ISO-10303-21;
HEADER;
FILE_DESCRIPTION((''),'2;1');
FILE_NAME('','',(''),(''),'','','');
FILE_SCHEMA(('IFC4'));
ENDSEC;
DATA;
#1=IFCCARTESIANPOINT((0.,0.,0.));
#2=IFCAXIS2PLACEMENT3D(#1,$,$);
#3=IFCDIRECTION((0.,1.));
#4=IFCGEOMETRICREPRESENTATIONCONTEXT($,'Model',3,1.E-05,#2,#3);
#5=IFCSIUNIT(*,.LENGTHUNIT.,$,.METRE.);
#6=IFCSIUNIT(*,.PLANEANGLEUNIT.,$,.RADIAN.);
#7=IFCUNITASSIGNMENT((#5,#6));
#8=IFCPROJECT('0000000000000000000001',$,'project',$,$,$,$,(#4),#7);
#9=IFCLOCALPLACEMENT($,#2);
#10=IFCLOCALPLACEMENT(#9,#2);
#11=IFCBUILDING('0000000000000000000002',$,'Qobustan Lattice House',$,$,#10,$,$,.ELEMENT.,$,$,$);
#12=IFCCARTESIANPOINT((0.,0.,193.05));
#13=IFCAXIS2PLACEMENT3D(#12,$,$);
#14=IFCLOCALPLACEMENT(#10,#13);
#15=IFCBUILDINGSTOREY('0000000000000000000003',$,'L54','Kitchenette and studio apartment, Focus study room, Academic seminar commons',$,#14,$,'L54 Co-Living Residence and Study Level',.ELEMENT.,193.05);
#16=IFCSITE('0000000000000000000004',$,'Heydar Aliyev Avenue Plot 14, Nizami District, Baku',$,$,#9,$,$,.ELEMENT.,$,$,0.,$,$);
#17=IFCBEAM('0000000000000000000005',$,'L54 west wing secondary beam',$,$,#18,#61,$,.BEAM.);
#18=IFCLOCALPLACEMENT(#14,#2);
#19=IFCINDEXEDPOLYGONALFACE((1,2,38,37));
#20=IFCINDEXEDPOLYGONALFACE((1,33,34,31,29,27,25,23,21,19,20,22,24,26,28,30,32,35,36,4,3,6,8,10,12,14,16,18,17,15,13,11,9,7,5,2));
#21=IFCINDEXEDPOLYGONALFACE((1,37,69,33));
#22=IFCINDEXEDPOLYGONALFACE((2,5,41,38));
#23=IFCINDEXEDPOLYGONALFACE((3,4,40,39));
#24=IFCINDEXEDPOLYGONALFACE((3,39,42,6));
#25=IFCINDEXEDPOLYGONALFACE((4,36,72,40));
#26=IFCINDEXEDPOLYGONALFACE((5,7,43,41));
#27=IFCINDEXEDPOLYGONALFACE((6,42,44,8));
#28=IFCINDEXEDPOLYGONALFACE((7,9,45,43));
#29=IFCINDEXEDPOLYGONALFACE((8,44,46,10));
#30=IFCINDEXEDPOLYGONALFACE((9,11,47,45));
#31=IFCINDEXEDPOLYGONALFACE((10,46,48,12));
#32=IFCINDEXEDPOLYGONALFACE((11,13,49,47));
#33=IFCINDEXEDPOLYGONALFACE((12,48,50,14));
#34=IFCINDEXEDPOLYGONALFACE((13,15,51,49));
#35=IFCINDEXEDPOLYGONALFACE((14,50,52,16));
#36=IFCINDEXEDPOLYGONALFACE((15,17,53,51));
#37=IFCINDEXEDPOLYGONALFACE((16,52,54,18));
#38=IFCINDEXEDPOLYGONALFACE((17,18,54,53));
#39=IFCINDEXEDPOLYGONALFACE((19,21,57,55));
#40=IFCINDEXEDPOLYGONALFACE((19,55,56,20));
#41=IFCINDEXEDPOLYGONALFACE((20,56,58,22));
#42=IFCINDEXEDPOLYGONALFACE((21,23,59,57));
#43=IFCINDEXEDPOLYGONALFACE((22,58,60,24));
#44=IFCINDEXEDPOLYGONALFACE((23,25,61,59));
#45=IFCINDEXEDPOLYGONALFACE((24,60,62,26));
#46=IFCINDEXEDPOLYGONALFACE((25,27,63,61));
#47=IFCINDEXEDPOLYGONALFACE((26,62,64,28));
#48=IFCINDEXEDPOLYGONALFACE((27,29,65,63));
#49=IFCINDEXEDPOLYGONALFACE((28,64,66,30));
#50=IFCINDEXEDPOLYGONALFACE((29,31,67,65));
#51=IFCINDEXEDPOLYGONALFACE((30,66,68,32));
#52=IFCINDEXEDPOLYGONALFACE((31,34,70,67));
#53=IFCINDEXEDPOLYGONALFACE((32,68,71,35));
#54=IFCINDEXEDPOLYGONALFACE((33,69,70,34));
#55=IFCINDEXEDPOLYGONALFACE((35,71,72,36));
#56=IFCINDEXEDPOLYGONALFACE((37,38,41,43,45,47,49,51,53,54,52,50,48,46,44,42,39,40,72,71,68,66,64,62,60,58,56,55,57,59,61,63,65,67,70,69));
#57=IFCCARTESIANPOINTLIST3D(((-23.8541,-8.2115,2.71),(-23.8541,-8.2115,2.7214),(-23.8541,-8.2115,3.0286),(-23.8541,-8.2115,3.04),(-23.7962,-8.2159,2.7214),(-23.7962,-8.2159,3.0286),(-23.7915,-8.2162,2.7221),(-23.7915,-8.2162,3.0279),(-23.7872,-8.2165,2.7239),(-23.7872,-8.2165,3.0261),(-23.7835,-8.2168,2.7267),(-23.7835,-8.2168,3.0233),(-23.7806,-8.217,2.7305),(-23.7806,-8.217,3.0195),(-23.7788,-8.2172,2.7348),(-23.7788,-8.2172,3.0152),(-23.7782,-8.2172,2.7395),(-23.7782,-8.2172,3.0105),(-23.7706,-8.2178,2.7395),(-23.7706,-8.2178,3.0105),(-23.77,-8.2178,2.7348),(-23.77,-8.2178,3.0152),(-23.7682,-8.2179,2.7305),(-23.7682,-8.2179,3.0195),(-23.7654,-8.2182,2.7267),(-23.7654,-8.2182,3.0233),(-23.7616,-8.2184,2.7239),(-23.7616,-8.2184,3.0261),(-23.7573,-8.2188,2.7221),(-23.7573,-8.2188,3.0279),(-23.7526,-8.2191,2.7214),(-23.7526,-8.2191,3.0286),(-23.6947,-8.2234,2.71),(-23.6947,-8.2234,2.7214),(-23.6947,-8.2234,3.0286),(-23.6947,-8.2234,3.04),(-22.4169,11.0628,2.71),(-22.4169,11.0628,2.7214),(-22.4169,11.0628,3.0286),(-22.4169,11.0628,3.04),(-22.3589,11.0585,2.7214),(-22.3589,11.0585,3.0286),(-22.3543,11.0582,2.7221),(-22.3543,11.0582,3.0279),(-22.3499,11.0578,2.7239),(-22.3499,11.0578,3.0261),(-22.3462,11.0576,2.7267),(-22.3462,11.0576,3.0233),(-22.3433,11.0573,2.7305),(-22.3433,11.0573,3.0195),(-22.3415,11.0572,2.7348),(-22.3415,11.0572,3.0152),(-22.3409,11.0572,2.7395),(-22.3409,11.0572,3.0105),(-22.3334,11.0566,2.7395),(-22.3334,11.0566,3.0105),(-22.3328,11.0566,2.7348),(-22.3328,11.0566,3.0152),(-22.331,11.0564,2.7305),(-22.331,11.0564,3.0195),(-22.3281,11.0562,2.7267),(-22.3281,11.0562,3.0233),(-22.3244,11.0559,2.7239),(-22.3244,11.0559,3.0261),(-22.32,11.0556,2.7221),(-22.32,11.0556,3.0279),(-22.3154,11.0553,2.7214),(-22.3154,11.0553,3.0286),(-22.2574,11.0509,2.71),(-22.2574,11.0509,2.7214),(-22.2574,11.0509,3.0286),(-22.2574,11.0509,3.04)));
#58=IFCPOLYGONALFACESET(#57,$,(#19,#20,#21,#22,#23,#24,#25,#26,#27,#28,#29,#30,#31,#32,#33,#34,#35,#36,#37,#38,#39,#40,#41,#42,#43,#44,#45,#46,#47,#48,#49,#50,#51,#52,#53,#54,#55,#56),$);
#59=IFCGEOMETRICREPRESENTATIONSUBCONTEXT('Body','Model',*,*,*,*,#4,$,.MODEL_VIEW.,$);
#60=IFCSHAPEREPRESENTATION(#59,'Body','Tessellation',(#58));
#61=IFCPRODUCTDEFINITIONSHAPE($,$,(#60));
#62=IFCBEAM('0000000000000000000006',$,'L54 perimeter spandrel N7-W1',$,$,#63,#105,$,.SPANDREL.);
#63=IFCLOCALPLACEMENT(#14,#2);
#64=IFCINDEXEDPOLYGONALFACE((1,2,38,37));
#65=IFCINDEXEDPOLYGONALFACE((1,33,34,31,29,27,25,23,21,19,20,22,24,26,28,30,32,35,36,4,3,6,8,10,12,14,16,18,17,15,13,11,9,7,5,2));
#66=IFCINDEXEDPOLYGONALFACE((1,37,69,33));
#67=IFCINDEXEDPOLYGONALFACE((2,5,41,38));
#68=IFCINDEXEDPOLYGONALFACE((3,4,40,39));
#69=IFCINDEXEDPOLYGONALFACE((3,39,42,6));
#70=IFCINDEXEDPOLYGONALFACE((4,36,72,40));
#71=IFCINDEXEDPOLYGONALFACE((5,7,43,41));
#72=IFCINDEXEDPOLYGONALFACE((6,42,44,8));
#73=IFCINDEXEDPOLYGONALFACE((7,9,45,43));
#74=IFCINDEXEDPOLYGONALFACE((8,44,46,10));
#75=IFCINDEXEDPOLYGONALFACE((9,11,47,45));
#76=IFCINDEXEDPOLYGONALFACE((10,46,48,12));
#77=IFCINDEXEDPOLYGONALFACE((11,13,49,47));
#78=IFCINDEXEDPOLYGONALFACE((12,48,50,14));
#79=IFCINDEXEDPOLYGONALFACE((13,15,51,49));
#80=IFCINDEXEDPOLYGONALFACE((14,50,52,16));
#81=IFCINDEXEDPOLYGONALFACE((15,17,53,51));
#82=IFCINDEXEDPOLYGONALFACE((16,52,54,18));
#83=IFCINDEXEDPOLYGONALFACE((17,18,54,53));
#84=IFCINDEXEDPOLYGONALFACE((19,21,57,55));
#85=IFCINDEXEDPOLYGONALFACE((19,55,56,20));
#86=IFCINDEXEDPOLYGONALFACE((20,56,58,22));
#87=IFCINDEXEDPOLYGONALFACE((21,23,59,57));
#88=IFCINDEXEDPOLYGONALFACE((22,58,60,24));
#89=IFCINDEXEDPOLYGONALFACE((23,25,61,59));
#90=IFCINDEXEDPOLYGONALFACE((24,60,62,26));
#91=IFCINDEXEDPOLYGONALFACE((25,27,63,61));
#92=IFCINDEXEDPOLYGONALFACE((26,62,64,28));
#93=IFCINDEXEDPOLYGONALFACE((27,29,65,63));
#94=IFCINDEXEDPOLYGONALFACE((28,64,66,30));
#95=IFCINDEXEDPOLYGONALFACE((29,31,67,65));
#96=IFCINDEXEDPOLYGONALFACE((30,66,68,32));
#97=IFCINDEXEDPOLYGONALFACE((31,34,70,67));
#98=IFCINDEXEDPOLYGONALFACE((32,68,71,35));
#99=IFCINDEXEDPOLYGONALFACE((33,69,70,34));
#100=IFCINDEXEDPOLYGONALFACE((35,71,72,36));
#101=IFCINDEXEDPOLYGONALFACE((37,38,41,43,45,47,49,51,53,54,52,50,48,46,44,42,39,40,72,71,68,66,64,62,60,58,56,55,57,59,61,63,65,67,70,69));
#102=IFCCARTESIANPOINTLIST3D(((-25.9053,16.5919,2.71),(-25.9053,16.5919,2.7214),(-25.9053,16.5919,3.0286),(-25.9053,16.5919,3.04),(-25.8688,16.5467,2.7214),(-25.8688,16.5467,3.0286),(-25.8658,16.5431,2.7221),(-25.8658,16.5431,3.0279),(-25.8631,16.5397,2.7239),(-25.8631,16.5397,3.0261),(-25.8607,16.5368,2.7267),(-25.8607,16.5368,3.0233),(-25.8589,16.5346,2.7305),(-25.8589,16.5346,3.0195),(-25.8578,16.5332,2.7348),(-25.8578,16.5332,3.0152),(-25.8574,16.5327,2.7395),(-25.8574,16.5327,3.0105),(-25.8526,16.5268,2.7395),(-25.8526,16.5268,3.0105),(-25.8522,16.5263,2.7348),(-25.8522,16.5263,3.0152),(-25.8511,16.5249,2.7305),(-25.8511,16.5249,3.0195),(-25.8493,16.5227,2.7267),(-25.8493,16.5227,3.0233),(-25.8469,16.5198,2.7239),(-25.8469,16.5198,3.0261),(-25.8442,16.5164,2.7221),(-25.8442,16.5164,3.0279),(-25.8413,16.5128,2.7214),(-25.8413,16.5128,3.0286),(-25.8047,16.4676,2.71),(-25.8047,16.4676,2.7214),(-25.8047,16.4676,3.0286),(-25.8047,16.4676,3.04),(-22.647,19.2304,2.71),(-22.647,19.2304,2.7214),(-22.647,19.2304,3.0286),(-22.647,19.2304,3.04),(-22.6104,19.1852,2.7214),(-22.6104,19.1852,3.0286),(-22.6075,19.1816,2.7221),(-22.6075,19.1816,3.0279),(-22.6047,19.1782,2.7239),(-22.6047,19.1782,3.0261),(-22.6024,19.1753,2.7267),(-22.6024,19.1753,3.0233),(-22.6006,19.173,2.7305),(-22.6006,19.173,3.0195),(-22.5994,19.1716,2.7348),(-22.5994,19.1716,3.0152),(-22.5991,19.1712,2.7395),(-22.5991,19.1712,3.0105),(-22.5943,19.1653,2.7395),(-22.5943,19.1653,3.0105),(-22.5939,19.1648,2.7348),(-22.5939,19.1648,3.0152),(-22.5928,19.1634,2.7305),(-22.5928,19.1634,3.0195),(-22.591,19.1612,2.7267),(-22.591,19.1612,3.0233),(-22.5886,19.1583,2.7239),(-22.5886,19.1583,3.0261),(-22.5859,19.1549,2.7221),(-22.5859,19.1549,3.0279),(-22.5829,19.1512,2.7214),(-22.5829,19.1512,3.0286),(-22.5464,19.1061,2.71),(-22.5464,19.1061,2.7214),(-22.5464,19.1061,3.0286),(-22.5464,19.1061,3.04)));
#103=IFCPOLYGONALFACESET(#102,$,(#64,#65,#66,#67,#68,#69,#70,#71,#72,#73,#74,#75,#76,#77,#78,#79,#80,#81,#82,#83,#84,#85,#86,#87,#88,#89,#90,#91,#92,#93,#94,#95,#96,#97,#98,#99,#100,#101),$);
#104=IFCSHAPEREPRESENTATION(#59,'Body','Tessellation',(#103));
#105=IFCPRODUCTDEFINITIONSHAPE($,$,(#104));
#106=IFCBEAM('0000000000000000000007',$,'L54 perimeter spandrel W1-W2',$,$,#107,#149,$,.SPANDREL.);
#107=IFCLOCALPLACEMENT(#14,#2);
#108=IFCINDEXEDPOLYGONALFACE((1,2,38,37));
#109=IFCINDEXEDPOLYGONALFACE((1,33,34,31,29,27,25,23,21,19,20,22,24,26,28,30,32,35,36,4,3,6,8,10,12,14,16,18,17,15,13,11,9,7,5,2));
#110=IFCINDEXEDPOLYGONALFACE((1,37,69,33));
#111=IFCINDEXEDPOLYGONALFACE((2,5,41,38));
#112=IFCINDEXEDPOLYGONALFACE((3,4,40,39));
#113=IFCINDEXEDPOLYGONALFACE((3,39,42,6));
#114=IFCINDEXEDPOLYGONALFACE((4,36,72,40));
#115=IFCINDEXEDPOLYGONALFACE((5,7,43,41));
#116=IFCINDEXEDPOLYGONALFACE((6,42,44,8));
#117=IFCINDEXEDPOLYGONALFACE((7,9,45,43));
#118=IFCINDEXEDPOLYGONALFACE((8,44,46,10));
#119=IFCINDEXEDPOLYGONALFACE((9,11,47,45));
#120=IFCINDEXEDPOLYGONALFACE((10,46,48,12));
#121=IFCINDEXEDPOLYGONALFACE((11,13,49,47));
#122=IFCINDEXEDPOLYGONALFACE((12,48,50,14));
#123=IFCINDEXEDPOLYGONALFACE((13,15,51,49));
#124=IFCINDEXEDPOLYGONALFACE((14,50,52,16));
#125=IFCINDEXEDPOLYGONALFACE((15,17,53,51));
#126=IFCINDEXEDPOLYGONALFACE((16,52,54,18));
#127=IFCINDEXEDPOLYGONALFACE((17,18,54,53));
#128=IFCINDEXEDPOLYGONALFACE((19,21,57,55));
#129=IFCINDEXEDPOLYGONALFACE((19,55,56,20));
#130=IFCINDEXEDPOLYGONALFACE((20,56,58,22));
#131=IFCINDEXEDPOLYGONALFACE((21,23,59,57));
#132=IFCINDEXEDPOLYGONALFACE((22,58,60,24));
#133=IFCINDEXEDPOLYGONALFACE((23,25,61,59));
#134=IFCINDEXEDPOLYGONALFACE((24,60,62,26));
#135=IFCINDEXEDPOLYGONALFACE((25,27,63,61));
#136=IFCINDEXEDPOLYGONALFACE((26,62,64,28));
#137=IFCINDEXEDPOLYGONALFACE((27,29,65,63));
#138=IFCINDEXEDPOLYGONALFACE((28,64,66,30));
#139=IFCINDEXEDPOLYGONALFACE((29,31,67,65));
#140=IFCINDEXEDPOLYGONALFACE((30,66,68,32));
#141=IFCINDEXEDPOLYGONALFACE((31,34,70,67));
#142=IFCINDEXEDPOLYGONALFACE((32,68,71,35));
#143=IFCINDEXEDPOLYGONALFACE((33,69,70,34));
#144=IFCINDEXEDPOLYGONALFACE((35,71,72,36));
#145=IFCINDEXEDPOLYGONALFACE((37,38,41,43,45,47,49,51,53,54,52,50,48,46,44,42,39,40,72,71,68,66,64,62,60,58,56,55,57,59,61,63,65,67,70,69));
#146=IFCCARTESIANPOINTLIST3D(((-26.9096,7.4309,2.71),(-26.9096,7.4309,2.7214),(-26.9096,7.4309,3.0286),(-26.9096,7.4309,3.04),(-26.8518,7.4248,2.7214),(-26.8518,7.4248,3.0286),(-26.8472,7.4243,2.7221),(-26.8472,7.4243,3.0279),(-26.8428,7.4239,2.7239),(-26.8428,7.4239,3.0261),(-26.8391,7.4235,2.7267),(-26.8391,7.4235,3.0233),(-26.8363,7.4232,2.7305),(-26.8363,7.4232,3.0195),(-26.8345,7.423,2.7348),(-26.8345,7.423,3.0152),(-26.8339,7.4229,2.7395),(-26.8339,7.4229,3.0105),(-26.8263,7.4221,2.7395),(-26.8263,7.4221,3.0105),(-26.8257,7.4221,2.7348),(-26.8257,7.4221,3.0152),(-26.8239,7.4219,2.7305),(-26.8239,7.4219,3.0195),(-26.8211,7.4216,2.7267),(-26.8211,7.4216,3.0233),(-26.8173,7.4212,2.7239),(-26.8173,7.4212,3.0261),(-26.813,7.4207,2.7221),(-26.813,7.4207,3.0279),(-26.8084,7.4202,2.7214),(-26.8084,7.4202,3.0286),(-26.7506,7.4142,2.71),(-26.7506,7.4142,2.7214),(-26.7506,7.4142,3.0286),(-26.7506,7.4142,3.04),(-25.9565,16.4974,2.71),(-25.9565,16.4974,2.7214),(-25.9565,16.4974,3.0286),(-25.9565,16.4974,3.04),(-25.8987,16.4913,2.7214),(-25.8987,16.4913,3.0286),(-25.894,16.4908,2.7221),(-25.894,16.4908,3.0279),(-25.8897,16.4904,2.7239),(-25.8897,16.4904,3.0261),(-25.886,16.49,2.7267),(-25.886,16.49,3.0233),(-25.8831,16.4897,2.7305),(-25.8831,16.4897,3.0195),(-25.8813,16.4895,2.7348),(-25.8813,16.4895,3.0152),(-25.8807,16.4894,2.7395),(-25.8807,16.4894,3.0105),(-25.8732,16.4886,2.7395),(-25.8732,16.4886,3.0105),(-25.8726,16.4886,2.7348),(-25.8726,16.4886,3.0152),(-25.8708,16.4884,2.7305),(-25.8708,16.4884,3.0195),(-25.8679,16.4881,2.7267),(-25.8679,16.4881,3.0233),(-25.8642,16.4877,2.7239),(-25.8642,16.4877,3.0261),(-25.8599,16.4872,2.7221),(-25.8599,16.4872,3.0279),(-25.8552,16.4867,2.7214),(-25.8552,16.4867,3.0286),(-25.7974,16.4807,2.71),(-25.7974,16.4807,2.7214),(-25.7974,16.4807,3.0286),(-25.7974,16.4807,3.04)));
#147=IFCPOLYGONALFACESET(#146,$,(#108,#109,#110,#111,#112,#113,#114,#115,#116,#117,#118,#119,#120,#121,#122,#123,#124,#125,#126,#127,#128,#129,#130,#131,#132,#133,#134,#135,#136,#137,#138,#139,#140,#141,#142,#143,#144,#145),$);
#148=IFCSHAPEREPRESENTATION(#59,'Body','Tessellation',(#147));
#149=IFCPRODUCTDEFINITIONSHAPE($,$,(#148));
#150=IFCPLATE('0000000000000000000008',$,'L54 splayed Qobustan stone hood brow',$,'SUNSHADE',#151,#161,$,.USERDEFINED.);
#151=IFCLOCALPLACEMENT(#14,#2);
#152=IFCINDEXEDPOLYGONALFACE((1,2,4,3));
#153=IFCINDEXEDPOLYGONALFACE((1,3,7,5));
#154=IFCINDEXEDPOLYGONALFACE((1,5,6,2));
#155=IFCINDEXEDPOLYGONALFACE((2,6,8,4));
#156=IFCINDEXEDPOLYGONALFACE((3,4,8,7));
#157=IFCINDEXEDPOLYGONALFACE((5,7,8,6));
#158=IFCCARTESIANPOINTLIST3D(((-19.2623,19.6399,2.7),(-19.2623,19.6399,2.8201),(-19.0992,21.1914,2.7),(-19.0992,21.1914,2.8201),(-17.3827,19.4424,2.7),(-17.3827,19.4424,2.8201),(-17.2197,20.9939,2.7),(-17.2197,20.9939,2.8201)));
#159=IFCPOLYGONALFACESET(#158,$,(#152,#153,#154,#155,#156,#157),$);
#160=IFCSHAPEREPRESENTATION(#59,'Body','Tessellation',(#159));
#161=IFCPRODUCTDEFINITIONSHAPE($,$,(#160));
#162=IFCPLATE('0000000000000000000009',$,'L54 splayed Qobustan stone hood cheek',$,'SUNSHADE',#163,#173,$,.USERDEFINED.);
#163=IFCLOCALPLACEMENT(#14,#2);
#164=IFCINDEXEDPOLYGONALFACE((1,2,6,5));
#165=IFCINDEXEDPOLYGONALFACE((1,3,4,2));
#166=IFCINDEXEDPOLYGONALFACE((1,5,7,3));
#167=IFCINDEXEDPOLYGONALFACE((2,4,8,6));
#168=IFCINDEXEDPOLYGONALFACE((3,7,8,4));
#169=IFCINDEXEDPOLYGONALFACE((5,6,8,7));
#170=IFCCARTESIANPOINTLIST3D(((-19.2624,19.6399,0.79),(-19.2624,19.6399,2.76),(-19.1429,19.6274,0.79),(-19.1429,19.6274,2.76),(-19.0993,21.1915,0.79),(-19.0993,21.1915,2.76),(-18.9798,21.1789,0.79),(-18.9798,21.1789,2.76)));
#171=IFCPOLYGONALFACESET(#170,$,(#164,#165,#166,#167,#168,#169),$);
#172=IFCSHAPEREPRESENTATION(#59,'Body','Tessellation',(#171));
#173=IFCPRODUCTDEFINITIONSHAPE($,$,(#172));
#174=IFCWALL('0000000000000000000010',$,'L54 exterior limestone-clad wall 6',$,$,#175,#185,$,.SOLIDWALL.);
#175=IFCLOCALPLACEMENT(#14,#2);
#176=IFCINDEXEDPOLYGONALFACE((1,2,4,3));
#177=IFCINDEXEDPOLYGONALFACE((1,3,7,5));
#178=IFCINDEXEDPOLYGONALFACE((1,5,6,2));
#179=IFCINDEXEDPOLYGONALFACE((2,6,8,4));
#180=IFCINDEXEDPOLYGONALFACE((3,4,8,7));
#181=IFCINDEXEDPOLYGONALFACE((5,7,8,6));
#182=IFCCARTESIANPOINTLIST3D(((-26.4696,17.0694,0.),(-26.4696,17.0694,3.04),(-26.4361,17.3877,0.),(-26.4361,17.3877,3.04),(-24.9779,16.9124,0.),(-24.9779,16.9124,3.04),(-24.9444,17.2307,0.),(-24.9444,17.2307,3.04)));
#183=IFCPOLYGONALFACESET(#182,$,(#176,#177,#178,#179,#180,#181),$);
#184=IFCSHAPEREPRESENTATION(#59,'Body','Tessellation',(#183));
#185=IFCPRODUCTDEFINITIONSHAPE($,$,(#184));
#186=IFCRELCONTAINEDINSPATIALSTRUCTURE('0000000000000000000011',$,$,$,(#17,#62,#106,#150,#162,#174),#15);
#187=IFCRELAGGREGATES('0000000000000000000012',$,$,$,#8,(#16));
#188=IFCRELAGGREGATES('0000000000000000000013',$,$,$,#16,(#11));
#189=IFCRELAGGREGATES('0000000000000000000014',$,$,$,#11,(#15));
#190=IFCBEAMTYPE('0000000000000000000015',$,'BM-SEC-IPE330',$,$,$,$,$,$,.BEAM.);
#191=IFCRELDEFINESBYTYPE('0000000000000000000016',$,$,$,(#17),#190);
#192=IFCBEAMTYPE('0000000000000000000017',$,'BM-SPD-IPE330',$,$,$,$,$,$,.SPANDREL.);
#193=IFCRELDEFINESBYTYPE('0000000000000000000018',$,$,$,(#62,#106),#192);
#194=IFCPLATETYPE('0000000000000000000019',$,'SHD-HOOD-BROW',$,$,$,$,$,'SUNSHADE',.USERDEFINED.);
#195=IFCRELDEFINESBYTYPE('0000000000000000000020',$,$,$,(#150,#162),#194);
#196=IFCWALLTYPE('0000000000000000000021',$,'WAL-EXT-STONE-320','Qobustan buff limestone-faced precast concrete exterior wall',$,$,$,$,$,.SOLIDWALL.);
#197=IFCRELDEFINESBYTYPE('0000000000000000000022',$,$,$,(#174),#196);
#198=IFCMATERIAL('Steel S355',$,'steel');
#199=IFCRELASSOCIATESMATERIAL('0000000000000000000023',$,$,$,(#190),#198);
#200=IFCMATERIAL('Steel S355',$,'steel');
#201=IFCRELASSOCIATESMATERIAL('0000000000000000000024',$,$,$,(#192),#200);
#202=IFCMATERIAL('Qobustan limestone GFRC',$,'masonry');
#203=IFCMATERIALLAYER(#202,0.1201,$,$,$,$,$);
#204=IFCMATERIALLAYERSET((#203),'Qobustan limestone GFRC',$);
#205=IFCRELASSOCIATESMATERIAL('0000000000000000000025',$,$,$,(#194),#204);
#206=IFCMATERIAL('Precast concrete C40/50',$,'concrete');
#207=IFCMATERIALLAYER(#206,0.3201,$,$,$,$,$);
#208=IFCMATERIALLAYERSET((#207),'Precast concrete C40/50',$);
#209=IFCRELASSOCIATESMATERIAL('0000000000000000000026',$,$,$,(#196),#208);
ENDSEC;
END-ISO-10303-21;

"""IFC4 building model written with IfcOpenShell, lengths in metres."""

from ifc_helpers import new_model, si_unit, direction, frame, frame_2d, origin, origin_2d, place, context, subcontext, project, spatial, rectangle, i_section, extrude, material, layer, layer_set, material_profile, profile_set, type_object, element, save


model = new_model("IFC4")

# Units and contexts
model_context = context("Model", 3, precision=1e-05, world=origin(), true_north=direction((0.0, 1.0)))
body_context = subcontext(model_context, "Body", "Model", "MODEL_VIEW")
ifc_project = project(units=[si_unit("LENGTHUNIT", "METRE"), si_unit("PLANEANGLEUNIT", "RADIAN")], contexts=[model_context])

# Site, building, storey
site_placement = place(None, origin())
site = spatial("IfcSite", under=ifc_project, at=site_placement, Name="Heydar Aliyev Avenue Plot 14, Nizami District, Baku", CompositionType="ELEMENT", RefElevation=0.0)
building_placement = place(site_placement, origin())
building = spatial("IfcBuilding", under=site, at=building_placement, Name="Qobustan Lattice House", CompositionType="ELEMENT")
storey_placement = place(building_placement, frame((0.0, 0.0, 193.05)))
storey = spatial("IfcBuildingStorey", under=building, at=storey_placement, Name="L54", Description="Kitchenette and studio apartment, Focus study room, Academic seminar commons", LongName="L54 Co-Living Residence and Study Level", CompositionType="ELEMENT", Elevation=193.05)

# Beams
ifc_material_1 = material(Name="Steel S355", Category="steel")
ifc_material_profile_1 = material_profile(ifc_material_1, i_section(OverallWidth=0.1599, OverallDepth=0.3301, WebThickness=0.0076, FlangeThickness=0.0115, FilletRadius=0.0181, at=origin_2d()), Name="IPE330")
ifc_profile_set_1 = profile_set([ifc_material_profile_1], Name="Steel S355")
beam_type_1 = type_object("IfcBeamType", Name="BM-SEC-IPE330", PredefinedType="BEAM", material=ifc_profile_set_1)
beam_1_placement = place(storey_placement, frame((-22.3372, 11.0569, 2.875), z_axis=(-0.074362, -0.997231, 0.0), x_axis=(0.997231, -0.074362, 0.0)))
element("IfcBeam", 1, at=beam_1_placement, inside=storey, type_object=beam_type_1, Name="L54 west wing secondary beam", PredefinedType="BEAM", context=body_context, shape_type="SweptSolid", body=[
    extrude(i_section(OverallWidth=0.1599, OverallDepth=0.3301, WebThickness=0.0076, FlangeThickness=0.0115, FilletRadius=0.0181, at=origin_2d()), origin(), (0.0, 0.0, 1.0), 19.3279),
])
ifc_material_2 = material(Name="Steel S355", Category="steel")
ifc_material_profile_2 = material_profile(ifc_material_2, i_section(OverallWidth=0.1599, OverallDepth=0.3301, WebThickness=0.0076, FlangeThickness=0.0115, FilletRadius=0.0181, at=origin_2d()), Name="IPE330")
ifc_profile_set_2 = profile_set([ifc_material_profile_2], Name="Steel S355")
beam_type_2 = type_object("IfcBeamType", Name="BM-SPD-IPE330", PredefinedType="SPANDREL", material=ifc_profile_set_2)
beam_2_placement = place(storey_placement, frame((-22.5967, 19.1682, 2.875), z_axis=(-0.777157, -0.629307, 0.0), x_axis=(0.629307, -0.777157, 0.0)))
element("IfcBeam", 2, at=beam_2_placement, inside=storey, type_object=beam_type_2, Name="L54 perimeter spandrel N7-W1", PredefinedType="SPANDREL", context=body_context, shape_type="SweptSolid", body=[
    extrude(i_section(OverallWidth=0.1599, OverallDepth=0.3301, WebThickness=0.0076, FlangeThickness=0.0115, FilletRadius=0.0181, at=origin_2d()), origin(), (0.0, 0.0, 1.0), 4.1926),
])
beam_3_placement = place(storey_placement, frame((-25.877, 16.489, 2.875), z_axis=(-0.104551, -0.99452, 0.0), x_axis=(0.99452, -0.104551, 0.0)))
element("IfcBeam", 3, at=beam_3_placement, inside=storey, type_object=beam_type_2, Name="L54 perimeter spandrel W1-W2", PredefinedType="SPANDREL", context=body_context, shape_type="SweptSolid", body=[
    extrude(i_section(OverallWidth=0.1599, OverallDepth=0.3301, WebThickness=0.0076, FlangeThickness=0.0115, FilletRadius=0.0181, at=origin_2d()), origin(), (0.0, 0.0, 1.0), 9.1165),
])

# Plates
ifc_material_3 = material(Name="Qobustan limestone GFRC", Category="masonry")
ifc_layer_1 = layer(ifc_material_3, 0.1201)
ifc_layer_set_1 = layer_set([ifc_layer_1], Name="Qobustan limestone GFRC")
plate_type = type_object("IfcPlateType", Name="SHD-HOOD-BROW", ElementType="SUNSHADE", PredefinedType="USERDEFINED", material=ifc_layer_set_1)
plate_1_placement = place(storey_placement, frame((-18.241, 20.3169, 2.7), z_axis=(0.0, 0.0, 1.0), x_axis=(0.994522, -0.104528, 0.0)))
element("IfcPlate", 4, at=plate_1_placement, inside=storey, type_object=plate_type, Name="L54 splayed Qobustan stone hood brow", ObjectType="SUNSHADE", PredefinedType="USERDEFINED", context=body_context, shape_type="SweptSolid", body=[
    extrude(rectangle(XDim=1.8899, YDim=1.5601, at=origin_2d()), origin(), (0.0, 0.0, 1.0), 0.1201),
])
plate_2_placement = place(storey_placement, frame((-19.1211, 20.4094, 0.79), z_axis=(0.0, 0.0, 1.0), x_axis=(0.994522, -0.104528, 0.0)))
element("IfcPlate", 5, at=plate_2_placement, inside=storey, type_object=plate_type, Name="L54 splayed Qobustan stone hood cheek", ObjectType="SUNSHADE", PredefinedType="USERDEFINED", context=body_context, shape_type="SweptSolid", body=[
    extrude(rectangle(XDim=0.1201, YDim=1.5601, at=origin_2d()), origin(), (0.0, 0.0, 1.0), 1.97),
])

# Wall
ifc_material_4 = material(Name="Precast concrete C40/50", Category="concrete")
ifc_layer_2 = layer(ifc_material_4, 0.3201)
ifc_layer_set_2 = layer_set([ifc_layer_2], Name="Precast concrete C40/50")
wall_type_1 = type_object("IfcWallType", Name="WAL-EXT-STONE-320", Description="Qobustan buff limestone-faced precast concrete exterior wall", PredefinedType="SOLIDWALL", material=ifc_layer_set_2)
wall_1_placement = place(storey_placement, frame((-26.4529, 17.2285, 0.0), z_axis=(0.0, 0.0, 1.0), x_axis=(0.994508, -0.104659, 0.0)))
element("IfcWall", 6, at=wall_1_placement, inside=storey, type_object=wall_type_1, Name="L54 exterior limestone-clad wall 6", PredefinedType="SOLIDWALL", context=body_context, shape_type="SweptSolid", body=[
    extrude(rectangle(XDim=1.5, YDim=0.3201, at=frame_2d((0.75, 0.0))), origin(), (0.0, 0.0, 1.0), 3.04),
])

save(model, "model.ifc")
